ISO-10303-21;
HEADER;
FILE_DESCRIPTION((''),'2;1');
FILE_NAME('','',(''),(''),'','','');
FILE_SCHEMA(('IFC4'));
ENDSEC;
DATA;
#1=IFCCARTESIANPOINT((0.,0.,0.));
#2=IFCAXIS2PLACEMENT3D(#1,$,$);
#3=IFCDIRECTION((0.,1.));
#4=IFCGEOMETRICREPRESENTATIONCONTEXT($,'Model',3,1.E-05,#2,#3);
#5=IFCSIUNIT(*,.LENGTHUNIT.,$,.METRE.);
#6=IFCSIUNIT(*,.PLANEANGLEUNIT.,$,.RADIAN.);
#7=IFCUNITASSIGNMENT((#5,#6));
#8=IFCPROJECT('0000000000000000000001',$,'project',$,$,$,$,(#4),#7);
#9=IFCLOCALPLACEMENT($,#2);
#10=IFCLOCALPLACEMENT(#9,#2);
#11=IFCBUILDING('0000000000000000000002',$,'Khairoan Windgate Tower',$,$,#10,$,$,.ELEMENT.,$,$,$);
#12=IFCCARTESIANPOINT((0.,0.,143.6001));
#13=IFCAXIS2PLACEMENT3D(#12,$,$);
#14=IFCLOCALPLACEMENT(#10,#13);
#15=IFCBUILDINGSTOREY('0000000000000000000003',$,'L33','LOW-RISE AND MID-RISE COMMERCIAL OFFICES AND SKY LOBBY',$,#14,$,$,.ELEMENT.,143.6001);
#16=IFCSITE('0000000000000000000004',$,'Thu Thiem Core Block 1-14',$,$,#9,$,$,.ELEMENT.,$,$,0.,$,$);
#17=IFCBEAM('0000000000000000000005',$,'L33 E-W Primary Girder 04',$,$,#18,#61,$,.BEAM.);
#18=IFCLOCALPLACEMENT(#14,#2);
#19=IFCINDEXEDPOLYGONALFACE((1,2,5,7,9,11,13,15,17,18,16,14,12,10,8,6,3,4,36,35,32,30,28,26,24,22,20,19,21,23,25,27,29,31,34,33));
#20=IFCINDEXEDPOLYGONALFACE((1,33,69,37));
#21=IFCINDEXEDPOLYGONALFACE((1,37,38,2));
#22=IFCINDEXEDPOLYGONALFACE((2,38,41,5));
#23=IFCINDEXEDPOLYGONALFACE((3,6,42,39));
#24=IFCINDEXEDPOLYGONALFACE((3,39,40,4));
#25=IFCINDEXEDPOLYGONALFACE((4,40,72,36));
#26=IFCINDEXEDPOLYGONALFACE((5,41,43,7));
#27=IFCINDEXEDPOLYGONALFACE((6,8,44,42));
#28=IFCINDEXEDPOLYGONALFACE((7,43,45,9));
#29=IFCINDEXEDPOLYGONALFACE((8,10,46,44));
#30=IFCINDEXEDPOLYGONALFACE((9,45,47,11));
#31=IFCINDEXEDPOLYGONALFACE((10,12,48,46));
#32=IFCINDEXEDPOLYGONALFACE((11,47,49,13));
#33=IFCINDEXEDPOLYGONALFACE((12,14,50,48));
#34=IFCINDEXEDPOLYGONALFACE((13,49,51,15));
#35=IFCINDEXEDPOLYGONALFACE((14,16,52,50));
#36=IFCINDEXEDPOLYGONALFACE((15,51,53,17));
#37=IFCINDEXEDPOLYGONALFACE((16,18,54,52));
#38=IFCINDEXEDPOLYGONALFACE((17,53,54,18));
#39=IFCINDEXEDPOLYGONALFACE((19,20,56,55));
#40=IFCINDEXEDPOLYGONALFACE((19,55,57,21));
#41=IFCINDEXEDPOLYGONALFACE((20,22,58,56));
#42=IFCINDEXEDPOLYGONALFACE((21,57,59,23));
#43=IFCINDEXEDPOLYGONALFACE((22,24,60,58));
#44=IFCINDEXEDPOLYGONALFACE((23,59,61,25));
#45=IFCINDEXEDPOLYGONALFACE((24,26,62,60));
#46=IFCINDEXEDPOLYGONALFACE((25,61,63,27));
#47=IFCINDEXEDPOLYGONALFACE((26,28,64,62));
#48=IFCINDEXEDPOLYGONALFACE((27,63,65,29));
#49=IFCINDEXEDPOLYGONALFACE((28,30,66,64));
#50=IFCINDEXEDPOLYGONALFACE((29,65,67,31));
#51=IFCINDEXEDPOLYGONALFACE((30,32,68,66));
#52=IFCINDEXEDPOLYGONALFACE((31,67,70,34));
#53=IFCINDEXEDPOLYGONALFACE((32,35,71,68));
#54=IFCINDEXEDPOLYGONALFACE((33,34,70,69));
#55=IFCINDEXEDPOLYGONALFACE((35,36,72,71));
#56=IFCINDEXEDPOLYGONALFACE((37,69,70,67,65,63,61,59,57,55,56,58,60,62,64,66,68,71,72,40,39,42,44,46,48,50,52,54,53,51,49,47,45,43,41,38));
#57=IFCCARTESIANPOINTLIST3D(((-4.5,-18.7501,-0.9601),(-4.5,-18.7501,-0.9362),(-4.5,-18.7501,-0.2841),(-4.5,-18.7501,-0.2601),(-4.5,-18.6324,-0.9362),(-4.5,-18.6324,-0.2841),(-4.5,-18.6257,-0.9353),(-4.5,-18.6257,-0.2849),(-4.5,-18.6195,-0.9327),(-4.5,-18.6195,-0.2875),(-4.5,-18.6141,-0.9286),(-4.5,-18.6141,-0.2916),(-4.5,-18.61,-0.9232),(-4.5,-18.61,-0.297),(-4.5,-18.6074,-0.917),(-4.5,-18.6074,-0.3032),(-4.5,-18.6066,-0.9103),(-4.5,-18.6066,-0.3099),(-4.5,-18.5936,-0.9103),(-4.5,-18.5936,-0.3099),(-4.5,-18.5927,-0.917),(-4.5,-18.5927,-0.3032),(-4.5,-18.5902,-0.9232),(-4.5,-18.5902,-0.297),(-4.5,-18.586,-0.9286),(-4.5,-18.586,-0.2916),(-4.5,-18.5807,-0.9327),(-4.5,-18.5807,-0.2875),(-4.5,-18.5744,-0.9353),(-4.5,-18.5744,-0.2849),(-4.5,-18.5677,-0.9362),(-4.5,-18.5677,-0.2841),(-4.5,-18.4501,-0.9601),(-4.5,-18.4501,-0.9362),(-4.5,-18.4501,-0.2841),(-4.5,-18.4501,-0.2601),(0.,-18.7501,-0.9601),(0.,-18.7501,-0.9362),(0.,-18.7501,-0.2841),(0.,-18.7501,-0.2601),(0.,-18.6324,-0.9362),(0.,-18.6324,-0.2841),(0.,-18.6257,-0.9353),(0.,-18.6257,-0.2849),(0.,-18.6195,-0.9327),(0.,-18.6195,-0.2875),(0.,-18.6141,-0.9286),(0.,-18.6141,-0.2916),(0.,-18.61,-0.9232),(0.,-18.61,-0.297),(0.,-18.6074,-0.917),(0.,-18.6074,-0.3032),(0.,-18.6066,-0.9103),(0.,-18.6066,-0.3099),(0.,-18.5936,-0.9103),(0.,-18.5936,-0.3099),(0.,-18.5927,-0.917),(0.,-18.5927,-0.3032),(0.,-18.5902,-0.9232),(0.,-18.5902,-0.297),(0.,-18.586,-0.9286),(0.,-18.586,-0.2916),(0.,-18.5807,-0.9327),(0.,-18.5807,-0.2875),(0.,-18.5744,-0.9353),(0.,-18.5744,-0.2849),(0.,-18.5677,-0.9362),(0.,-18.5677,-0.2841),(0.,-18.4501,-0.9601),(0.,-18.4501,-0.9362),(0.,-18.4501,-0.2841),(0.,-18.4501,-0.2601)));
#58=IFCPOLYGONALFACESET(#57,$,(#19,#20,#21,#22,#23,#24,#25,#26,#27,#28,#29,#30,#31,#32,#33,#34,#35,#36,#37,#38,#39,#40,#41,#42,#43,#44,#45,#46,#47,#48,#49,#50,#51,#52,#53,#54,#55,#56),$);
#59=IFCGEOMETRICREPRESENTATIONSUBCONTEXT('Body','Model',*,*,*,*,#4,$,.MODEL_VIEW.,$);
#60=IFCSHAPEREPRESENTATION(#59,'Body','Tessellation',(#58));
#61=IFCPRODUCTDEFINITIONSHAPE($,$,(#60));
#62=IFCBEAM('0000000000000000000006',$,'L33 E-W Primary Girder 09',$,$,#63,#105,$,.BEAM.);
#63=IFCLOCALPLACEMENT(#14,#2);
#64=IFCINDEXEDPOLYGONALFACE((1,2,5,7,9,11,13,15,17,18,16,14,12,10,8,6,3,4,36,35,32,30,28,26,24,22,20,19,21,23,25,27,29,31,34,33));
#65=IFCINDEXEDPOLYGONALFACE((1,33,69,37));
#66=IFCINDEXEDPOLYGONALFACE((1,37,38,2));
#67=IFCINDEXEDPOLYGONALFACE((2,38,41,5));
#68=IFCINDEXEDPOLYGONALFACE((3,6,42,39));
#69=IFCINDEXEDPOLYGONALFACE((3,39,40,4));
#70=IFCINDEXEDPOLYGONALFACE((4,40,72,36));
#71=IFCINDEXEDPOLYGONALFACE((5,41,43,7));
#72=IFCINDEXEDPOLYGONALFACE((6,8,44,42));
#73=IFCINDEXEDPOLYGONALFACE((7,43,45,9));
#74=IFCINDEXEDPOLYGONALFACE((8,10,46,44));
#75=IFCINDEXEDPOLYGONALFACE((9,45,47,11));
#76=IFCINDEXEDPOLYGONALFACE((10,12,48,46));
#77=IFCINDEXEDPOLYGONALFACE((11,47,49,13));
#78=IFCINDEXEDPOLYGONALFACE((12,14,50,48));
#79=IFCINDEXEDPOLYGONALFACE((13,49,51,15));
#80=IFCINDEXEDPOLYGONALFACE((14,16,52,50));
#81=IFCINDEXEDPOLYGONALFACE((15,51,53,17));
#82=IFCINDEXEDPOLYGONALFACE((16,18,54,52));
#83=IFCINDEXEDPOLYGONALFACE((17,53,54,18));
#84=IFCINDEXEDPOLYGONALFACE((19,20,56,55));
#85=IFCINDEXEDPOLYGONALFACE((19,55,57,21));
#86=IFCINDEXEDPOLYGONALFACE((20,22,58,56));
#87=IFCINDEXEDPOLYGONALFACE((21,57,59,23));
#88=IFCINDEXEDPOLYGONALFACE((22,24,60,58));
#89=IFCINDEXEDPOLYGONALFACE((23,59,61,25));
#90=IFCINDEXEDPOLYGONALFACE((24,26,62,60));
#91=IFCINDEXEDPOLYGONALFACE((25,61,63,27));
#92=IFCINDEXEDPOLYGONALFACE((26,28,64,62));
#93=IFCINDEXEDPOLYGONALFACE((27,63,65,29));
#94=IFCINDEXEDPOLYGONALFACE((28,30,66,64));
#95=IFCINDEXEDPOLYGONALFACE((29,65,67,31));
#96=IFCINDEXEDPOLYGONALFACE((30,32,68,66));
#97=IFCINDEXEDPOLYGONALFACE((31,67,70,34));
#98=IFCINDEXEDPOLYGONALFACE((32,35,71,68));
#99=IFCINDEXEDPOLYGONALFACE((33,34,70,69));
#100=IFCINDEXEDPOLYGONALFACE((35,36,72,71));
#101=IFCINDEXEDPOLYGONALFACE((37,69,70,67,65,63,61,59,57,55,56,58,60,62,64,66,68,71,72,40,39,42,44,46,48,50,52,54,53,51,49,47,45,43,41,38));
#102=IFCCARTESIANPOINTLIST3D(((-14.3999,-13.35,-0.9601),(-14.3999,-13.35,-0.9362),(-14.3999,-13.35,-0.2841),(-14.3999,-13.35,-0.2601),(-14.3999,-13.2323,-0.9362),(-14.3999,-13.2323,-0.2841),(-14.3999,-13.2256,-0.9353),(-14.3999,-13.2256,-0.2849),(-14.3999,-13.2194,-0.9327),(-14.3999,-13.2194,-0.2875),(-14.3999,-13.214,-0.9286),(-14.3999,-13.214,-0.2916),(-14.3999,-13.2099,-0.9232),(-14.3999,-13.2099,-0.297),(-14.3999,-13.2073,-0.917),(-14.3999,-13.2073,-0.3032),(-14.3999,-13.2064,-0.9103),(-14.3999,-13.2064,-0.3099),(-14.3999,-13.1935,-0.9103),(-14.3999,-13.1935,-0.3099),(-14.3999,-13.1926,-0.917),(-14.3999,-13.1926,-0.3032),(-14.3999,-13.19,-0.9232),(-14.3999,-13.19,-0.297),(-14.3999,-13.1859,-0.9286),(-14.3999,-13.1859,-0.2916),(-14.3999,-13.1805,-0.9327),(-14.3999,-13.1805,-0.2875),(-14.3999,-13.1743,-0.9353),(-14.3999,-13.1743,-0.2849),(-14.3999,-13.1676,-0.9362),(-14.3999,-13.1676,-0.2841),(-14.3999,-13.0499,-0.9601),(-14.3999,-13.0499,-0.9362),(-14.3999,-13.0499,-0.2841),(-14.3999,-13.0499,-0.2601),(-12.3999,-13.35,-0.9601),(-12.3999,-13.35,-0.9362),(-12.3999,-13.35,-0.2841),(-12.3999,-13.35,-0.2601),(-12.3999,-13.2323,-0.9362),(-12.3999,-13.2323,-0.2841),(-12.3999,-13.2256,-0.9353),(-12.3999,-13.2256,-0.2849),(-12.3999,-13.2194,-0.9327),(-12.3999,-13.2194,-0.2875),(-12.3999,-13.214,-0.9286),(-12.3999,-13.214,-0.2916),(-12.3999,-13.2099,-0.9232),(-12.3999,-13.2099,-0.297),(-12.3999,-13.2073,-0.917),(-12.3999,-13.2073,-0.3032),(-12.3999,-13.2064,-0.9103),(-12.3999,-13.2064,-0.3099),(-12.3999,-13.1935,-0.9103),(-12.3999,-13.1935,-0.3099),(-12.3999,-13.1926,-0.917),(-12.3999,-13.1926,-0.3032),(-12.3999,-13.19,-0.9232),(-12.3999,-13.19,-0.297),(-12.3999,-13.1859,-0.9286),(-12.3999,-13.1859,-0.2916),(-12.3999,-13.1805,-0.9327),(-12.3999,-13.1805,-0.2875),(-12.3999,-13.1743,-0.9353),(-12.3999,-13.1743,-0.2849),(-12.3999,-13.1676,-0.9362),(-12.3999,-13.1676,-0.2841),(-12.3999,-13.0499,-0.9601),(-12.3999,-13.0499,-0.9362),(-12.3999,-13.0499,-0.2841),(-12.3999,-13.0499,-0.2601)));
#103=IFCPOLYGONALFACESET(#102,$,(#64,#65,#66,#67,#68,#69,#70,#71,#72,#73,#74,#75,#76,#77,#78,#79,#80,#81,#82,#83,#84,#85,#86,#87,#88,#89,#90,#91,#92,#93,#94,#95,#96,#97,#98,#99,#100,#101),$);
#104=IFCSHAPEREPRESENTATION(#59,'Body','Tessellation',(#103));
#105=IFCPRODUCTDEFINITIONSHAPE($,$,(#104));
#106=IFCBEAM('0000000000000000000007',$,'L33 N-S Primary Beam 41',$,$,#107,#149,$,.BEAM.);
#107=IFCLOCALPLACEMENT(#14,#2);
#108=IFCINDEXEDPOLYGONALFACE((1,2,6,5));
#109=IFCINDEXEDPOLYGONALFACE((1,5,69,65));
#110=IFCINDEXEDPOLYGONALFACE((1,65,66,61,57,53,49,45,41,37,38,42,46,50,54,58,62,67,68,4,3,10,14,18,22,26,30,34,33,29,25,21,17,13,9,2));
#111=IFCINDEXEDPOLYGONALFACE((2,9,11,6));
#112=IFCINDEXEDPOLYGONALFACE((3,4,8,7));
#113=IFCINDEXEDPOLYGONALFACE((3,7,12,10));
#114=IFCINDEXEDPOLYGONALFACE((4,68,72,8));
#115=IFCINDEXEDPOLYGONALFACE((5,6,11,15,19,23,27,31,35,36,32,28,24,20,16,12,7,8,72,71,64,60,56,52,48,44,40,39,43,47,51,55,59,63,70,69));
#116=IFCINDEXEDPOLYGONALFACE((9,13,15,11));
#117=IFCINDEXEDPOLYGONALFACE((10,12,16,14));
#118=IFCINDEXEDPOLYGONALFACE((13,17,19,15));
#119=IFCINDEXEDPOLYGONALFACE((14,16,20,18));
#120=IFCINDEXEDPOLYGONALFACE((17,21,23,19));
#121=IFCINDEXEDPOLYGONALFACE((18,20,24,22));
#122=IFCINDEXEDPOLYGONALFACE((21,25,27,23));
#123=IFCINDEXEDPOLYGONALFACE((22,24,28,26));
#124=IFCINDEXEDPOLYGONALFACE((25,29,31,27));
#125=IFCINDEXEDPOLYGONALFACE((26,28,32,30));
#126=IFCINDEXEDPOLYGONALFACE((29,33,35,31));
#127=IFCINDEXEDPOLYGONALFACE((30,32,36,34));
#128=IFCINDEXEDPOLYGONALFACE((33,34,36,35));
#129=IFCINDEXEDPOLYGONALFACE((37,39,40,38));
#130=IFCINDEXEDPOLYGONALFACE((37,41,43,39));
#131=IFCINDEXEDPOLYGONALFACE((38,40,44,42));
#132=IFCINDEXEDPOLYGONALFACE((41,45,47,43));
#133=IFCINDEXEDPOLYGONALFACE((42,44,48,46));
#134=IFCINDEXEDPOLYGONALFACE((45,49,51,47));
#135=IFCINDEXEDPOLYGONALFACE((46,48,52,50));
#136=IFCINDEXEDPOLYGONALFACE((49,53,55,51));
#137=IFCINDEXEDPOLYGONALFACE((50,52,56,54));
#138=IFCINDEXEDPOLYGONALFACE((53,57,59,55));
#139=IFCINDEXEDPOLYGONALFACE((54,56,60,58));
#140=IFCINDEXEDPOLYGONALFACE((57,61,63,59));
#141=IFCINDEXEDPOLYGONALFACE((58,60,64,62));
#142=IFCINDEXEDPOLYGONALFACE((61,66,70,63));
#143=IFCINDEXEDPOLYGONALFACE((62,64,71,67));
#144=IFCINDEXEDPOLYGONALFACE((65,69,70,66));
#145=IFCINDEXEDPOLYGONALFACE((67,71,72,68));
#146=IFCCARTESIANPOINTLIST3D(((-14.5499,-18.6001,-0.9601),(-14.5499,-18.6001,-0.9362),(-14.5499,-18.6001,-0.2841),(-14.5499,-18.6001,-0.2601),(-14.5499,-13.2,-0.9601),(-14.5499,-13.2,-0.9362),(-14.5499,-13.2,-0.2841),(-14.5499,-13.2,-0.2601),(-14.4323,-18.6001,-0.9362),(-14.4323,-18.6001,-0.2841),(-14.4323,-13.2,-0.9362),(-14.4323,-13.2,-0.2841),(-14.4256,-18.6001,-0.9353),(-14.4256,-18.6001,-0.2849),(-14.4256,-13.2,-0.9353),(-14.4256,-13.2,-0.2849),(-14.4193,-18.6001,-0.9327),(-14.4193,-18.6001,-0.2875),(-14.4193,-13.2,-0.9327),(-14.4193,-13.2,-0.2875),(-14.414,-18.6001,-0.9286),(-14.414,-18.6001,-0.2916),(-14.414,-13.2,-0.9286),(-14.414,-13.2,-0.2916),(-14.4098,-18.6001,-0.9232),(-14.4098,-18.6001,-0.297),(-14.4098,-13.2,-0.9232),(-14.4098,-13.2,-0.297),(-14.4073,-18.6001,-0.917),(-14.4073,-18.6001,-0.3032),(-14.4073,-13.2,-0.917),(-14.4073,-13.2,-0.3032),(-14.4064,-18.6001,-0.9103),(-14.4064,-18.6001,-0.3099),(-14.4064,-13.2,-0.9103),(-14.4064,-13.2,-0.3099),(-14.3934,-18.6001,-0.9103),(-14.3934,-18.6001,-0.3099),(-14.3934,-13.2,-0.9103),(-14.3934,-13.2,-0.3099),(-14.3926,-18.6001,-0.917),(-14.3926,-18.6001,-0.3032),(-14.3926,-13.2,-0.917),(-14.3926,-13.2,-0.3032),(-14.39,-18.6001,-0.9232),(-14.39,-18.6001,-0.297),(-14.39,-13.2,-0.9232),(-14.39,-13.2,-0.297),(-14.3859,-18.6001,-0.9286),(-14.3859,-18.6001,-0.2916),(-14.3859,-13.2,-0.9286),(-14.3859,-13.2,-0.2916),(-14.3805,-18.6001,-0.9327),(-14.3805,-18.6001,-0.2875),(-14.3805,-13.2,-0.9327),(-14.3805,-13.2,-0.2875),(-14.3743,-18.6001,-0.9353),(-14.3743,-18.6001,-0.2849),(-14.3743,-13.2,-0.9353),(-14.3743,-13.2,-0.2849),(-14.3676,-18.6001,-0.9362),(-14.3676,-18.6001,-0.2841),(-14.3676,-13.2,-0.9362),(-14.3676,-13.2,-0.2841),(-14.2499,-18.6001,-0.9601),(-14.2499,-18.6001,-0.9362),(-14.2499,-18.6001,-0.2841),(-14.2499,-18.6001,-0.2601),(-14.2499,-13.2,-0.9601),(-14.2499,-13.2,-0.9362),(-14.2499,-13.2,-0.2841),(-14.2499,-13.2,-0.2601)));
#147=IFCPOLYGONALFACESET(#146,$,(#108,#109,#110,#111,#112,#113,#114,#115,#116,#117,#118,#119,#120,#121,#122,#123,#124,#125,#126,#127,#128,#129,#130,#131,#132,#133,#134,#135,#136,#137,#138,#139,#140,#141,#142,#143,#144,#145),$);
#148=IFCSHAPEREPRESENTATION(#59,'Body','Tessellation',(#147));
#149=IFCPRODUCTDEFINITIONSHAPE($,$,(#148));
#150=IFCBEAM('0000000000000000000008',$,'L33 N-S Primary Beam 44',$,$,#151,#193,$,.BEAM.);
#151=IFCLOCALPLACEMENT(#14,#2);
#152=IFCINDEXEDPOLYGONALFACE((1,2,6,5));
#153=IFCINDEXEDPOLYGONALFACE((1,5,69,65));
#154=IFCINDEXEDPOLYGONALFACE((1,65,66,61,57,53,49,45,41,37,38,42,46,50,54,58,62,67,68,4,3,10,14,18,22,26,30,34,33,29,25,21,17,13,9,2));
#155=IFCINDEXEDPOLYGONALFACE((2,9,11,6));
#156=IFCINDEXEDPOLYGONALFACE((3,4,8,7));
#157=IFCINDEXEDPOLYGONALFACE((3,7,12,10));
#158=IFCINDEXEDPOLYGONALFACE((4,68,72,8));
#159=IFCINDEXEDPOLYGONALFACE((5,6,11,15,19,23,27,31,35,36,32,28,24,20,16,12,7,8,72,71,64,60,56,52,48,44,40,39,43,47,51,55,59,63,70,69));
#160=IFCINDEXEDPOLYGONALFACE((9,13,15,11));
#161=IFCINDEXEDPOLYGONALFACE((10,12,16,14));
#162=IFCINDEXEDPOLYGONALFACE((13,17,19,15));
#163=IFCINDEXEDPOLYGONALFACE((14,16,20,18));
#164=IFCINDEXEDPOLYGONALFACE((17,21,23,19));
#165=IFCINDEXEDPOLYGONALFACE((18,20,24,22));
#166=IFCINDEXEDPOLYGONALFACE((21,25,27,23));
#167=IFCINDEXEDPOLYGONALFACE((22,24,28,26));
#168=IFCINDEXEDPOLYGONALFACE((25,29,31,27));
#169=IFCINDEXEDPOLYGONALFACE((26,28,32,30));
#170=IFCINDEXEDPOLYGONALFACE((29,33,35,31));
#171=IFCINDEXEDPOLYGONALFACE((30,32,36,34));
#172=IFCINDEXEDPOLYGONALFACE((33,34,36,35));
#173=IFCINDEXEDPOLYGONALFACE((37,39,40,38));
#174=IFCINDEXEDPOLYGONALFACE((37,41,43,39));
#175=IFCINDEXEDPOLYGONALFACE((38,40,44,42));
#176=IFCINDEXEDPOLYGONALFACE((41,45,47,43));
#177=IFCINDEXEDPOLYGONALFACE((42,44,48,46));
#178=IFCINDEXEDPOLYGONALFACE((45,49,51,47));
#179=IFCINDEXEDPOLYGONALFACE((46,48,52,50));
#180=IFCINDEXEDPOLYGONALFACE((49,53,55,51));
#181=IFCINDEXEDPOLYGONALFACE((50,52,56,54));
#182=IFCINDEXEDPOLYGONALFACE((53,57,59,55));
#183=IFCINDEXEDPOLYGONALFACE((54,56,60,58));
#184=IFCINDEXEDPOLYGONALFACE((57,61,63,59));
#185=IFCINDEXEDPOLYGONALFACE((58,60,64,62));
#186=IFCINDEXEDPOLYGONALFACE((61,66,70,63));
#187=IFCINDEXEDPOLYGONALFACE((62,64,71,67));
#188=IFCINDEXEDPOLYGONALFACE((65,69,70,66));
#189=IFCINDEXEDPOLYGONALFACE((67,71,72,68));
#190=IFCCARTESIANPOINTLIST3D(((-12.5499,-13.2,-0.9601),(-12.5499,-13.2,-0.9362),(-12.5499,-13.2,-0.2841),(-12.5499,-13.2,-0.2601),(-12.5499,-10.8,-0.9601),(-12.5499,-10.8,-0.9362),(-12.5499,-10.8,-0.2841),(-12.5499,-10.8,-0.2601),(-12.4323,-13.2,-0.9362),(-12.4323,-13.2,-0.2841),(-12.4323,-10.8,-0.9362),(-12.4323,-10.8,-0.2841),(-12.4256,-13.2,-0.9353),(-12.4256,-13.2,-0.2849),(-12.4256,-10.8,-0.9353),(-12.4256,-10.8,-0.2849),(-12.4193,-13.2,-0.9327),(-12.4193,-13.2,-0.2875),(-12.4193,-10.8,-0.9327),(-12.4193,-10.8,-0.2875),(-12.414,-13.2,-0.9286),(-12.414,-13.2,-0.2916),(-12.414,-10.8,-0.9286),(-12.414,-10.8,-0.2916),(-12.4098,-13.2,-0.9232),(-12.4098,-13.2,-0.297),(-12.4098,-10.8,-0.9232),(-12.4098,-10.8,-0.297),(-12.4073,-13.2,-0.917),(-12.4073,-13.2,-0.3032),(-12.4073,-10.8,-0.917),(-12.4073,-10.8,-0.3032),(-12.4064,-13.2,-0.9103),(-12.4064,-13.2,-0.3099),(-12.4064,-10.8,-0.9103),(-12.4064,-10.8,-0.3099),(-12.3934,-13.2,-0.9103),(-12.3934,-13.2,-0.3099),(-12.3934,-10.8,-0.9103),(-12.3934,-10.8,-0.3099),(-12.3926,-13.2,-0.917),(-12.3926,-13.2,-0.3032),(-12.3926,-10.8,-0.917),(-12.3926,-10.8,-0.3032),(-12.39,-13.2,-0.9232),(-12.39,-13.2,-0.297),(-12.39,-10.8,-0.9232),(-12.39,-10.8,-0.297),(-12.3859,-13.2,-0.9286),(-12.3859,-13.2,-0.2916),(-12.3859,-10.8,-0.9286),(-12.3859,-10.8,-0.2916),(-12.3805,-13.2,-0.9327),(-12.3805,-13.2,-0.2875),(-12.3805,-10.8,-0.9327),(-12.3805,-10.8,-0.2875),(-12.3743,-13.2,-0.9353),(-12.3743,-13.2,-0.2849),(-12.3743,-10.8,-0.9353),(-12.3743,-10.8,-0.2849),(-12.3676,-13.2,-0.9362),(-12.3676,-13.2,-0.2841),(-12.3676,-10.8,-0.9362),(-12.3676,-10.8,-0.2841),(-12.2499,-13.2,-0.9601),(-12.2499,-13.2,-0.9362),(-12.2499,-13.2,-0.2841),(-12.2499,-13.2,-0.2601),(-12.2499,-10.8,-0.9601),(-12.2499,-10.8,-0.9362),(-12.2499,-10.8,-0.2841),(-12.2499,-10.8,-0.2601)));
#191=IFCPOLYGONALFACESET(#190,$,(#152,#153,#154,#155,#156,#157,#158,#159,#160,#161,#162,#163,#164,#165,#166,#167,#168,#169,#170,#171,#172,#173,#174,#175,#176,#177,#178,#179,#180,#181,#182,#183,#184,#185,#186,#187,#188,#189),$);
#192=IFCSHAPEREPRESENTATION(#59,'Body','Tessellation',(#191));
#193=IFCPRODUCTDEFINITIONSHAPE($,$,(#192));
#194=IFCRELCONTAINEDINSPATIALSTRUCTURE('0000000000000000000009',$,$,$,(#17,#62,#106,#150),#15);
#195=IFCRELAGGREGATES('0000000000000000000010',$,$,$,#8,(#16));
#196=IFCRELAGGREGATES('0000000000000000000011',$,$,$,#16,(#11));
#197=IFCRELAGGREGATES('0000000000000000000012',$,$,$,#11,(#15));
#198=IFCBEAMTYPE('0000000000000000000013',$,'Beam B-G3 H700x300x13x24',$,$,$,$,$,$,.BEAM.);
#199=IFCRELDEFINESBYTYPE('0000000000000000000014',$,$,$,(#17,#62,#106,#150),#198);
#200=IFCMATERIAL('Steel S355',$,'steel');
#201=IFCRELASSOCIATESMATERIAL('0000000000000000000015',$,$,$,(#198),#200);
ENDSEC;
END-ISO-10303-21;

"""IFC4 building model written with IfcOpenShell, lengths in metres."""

from ifc_helpers import new_model, si_unit, direction, frame, origin, origin_2d, place, context, subcontext, project, spatial, i_section, extrude, material, material_profile, profile_set, type_object, element, save


model = new_model("IFC4")

# Units and contexts
model_context = context("Model", 3, precision=1e-05, world=origin(), true_north=direction((0.0, 1.0)))
body_context = subcontext(model_context, "Body", "Model", "MODEL_VIEW")
ifc_project = project(units=[si_unit("LENGTHUNIT", "METRE"), si_unit("PLANEANGLEUNIT", "RADIAN")], contexts=[model_context])

# Site, building, storey
site_placement = place(None, origin())
site = spatial("IfcSite", under=ifc_project, at=site_placement, Name="Thu Thiem Core Block 1-14", CompositionType="ELEMENT", RefElevation=0.0)
building_placement = place(site_placement, origin())
building = spatial("IfcBuilding", under=site, at=building_placement, Name="Khairoan Windgate Tower", CompositionType="ELEMENT")
storey_placement = place(building_placement, frame((0.0, 0.0, 143.6001)))
storey = spatial("IfcBuildingStorey", under=building, at=storey_placement, Name="L33", Description="LOW-RISE AND MID-RISE COMMERCIAL OFFICES AND SKY LOBBY", CompositionType="ELEMENT", Elevation=143.6001)

# Beams
ifc_material_1 = material(Name="Steel S355", Category="steel")
ifc_material_profile_1 = material_profile(ifc_material_1, i_section(OverallWidth=0.3, OverallDepth=0.7, WebThickness=0.0129, FlangeThickness=0.0239, FilletRadius=0.0259, at=origin_2d()))
ifc_profile_set_1 = profile_set([ifc_material_profile_1], Name="Steel S355")
beam_type_1 = type_object("IfcBeamType", Name="Beam B-G3 H700x300x13x24", PredefinedType="BEAM", material=ifc_profile_set_1)
beam_1_placement = place(storey_placement, frame((-4.5, -18.6001, -0.6101), z_axis=(1.0, 0.0, 0.0), x_axis=(0.0, 1.0, 0.0)))
element("IfcBeam", 1, at=beam_1_placement, inside=storey, type_object=beam_type_1, Name="L33 E-W Primary Girder 04", PredefinedType="BEAM", context=body_context, shape_type="SweptSolid", body=[
    extrude(i_section(OverallWidth=0.3, OverallDepth=0.7, WebThickness=0.0129, FlangeThickness=0.0239, FilletRadius=0.0259, at=origin_2d()), origin(), (0.0, 0.0, 1.0), 4.5),
])
beam_2_placement = place(storey_placement, frame((-14.3999, -13.2, -0.6101), z_axis=(1.0, 0.0, 0.0), x_axis=(0.0, 1.0, 0.0)))
element("IfcBeam", 2, at=beam_2_placement, inside=storey, type_object=beam_type_1, Name="L33 E-W Primary Girder 09", PredefinedType="BEAM", context=body_context, shape_type="SweptSolid", body=[
    extrude(i_section(OverallWidth=0.3, OverallDepth=0.7, WebThickness=0.0129, FlangeThickness=0.0239, FilletRadius=0.0259, at=origin_2d()), origin(), (0.0, 0.0, 1.0), 2.0),
])
beam_3_placement = place(storey_placement, frame((-14.3999, -18.6001, -0.6101), z_axis=(0.0, 1.0, 0.0), x_axis=(-1.0, 0.0, 0.0)))
element("IfcBeam", 3, at=beam_3_placement, inside=storey, type_object=beam_type_1, Name="L33 N-S Primary Beam 41", PredefinedType="BEAM", context=body_context, shape_type="SweptSolid", body=[
    extrude(i_section(OverallWidth=0.3, OverallDepth=0.7, WebThickness=0.0129, FlangeThickness=0.0239, FilletRadius=0.0259, at=origin_2d()), origin(), (0.0, 0.0, 1.0), 5.4001),
])
beam_4_placement = place(storey_placement, frame((-12.3999, -13.2, -0.6101), z_axis=(0.0, 1.0, 0.0), x_axis=(-1.0, 0.0, 0.0)))
element("IfcBeam", 4, at=beam_4_placement, inside=storey, type_object=beam_type_1, Name="L33 N-S Primary Beam 44", PredefinedType="BEAM", context=body_context, shape_type="SweptSolid", body=[
    extrude(i_section(OverallWidth=0.3, OverallDepth=0.7, WebThickness=0.0129, FlangeThickness=0.0239, FilletRadius=0.0259, at=origin_2d()), origin(), (0.0, 0.0, 1.0), 2.3999),
])

save(model, "model.ifc")
